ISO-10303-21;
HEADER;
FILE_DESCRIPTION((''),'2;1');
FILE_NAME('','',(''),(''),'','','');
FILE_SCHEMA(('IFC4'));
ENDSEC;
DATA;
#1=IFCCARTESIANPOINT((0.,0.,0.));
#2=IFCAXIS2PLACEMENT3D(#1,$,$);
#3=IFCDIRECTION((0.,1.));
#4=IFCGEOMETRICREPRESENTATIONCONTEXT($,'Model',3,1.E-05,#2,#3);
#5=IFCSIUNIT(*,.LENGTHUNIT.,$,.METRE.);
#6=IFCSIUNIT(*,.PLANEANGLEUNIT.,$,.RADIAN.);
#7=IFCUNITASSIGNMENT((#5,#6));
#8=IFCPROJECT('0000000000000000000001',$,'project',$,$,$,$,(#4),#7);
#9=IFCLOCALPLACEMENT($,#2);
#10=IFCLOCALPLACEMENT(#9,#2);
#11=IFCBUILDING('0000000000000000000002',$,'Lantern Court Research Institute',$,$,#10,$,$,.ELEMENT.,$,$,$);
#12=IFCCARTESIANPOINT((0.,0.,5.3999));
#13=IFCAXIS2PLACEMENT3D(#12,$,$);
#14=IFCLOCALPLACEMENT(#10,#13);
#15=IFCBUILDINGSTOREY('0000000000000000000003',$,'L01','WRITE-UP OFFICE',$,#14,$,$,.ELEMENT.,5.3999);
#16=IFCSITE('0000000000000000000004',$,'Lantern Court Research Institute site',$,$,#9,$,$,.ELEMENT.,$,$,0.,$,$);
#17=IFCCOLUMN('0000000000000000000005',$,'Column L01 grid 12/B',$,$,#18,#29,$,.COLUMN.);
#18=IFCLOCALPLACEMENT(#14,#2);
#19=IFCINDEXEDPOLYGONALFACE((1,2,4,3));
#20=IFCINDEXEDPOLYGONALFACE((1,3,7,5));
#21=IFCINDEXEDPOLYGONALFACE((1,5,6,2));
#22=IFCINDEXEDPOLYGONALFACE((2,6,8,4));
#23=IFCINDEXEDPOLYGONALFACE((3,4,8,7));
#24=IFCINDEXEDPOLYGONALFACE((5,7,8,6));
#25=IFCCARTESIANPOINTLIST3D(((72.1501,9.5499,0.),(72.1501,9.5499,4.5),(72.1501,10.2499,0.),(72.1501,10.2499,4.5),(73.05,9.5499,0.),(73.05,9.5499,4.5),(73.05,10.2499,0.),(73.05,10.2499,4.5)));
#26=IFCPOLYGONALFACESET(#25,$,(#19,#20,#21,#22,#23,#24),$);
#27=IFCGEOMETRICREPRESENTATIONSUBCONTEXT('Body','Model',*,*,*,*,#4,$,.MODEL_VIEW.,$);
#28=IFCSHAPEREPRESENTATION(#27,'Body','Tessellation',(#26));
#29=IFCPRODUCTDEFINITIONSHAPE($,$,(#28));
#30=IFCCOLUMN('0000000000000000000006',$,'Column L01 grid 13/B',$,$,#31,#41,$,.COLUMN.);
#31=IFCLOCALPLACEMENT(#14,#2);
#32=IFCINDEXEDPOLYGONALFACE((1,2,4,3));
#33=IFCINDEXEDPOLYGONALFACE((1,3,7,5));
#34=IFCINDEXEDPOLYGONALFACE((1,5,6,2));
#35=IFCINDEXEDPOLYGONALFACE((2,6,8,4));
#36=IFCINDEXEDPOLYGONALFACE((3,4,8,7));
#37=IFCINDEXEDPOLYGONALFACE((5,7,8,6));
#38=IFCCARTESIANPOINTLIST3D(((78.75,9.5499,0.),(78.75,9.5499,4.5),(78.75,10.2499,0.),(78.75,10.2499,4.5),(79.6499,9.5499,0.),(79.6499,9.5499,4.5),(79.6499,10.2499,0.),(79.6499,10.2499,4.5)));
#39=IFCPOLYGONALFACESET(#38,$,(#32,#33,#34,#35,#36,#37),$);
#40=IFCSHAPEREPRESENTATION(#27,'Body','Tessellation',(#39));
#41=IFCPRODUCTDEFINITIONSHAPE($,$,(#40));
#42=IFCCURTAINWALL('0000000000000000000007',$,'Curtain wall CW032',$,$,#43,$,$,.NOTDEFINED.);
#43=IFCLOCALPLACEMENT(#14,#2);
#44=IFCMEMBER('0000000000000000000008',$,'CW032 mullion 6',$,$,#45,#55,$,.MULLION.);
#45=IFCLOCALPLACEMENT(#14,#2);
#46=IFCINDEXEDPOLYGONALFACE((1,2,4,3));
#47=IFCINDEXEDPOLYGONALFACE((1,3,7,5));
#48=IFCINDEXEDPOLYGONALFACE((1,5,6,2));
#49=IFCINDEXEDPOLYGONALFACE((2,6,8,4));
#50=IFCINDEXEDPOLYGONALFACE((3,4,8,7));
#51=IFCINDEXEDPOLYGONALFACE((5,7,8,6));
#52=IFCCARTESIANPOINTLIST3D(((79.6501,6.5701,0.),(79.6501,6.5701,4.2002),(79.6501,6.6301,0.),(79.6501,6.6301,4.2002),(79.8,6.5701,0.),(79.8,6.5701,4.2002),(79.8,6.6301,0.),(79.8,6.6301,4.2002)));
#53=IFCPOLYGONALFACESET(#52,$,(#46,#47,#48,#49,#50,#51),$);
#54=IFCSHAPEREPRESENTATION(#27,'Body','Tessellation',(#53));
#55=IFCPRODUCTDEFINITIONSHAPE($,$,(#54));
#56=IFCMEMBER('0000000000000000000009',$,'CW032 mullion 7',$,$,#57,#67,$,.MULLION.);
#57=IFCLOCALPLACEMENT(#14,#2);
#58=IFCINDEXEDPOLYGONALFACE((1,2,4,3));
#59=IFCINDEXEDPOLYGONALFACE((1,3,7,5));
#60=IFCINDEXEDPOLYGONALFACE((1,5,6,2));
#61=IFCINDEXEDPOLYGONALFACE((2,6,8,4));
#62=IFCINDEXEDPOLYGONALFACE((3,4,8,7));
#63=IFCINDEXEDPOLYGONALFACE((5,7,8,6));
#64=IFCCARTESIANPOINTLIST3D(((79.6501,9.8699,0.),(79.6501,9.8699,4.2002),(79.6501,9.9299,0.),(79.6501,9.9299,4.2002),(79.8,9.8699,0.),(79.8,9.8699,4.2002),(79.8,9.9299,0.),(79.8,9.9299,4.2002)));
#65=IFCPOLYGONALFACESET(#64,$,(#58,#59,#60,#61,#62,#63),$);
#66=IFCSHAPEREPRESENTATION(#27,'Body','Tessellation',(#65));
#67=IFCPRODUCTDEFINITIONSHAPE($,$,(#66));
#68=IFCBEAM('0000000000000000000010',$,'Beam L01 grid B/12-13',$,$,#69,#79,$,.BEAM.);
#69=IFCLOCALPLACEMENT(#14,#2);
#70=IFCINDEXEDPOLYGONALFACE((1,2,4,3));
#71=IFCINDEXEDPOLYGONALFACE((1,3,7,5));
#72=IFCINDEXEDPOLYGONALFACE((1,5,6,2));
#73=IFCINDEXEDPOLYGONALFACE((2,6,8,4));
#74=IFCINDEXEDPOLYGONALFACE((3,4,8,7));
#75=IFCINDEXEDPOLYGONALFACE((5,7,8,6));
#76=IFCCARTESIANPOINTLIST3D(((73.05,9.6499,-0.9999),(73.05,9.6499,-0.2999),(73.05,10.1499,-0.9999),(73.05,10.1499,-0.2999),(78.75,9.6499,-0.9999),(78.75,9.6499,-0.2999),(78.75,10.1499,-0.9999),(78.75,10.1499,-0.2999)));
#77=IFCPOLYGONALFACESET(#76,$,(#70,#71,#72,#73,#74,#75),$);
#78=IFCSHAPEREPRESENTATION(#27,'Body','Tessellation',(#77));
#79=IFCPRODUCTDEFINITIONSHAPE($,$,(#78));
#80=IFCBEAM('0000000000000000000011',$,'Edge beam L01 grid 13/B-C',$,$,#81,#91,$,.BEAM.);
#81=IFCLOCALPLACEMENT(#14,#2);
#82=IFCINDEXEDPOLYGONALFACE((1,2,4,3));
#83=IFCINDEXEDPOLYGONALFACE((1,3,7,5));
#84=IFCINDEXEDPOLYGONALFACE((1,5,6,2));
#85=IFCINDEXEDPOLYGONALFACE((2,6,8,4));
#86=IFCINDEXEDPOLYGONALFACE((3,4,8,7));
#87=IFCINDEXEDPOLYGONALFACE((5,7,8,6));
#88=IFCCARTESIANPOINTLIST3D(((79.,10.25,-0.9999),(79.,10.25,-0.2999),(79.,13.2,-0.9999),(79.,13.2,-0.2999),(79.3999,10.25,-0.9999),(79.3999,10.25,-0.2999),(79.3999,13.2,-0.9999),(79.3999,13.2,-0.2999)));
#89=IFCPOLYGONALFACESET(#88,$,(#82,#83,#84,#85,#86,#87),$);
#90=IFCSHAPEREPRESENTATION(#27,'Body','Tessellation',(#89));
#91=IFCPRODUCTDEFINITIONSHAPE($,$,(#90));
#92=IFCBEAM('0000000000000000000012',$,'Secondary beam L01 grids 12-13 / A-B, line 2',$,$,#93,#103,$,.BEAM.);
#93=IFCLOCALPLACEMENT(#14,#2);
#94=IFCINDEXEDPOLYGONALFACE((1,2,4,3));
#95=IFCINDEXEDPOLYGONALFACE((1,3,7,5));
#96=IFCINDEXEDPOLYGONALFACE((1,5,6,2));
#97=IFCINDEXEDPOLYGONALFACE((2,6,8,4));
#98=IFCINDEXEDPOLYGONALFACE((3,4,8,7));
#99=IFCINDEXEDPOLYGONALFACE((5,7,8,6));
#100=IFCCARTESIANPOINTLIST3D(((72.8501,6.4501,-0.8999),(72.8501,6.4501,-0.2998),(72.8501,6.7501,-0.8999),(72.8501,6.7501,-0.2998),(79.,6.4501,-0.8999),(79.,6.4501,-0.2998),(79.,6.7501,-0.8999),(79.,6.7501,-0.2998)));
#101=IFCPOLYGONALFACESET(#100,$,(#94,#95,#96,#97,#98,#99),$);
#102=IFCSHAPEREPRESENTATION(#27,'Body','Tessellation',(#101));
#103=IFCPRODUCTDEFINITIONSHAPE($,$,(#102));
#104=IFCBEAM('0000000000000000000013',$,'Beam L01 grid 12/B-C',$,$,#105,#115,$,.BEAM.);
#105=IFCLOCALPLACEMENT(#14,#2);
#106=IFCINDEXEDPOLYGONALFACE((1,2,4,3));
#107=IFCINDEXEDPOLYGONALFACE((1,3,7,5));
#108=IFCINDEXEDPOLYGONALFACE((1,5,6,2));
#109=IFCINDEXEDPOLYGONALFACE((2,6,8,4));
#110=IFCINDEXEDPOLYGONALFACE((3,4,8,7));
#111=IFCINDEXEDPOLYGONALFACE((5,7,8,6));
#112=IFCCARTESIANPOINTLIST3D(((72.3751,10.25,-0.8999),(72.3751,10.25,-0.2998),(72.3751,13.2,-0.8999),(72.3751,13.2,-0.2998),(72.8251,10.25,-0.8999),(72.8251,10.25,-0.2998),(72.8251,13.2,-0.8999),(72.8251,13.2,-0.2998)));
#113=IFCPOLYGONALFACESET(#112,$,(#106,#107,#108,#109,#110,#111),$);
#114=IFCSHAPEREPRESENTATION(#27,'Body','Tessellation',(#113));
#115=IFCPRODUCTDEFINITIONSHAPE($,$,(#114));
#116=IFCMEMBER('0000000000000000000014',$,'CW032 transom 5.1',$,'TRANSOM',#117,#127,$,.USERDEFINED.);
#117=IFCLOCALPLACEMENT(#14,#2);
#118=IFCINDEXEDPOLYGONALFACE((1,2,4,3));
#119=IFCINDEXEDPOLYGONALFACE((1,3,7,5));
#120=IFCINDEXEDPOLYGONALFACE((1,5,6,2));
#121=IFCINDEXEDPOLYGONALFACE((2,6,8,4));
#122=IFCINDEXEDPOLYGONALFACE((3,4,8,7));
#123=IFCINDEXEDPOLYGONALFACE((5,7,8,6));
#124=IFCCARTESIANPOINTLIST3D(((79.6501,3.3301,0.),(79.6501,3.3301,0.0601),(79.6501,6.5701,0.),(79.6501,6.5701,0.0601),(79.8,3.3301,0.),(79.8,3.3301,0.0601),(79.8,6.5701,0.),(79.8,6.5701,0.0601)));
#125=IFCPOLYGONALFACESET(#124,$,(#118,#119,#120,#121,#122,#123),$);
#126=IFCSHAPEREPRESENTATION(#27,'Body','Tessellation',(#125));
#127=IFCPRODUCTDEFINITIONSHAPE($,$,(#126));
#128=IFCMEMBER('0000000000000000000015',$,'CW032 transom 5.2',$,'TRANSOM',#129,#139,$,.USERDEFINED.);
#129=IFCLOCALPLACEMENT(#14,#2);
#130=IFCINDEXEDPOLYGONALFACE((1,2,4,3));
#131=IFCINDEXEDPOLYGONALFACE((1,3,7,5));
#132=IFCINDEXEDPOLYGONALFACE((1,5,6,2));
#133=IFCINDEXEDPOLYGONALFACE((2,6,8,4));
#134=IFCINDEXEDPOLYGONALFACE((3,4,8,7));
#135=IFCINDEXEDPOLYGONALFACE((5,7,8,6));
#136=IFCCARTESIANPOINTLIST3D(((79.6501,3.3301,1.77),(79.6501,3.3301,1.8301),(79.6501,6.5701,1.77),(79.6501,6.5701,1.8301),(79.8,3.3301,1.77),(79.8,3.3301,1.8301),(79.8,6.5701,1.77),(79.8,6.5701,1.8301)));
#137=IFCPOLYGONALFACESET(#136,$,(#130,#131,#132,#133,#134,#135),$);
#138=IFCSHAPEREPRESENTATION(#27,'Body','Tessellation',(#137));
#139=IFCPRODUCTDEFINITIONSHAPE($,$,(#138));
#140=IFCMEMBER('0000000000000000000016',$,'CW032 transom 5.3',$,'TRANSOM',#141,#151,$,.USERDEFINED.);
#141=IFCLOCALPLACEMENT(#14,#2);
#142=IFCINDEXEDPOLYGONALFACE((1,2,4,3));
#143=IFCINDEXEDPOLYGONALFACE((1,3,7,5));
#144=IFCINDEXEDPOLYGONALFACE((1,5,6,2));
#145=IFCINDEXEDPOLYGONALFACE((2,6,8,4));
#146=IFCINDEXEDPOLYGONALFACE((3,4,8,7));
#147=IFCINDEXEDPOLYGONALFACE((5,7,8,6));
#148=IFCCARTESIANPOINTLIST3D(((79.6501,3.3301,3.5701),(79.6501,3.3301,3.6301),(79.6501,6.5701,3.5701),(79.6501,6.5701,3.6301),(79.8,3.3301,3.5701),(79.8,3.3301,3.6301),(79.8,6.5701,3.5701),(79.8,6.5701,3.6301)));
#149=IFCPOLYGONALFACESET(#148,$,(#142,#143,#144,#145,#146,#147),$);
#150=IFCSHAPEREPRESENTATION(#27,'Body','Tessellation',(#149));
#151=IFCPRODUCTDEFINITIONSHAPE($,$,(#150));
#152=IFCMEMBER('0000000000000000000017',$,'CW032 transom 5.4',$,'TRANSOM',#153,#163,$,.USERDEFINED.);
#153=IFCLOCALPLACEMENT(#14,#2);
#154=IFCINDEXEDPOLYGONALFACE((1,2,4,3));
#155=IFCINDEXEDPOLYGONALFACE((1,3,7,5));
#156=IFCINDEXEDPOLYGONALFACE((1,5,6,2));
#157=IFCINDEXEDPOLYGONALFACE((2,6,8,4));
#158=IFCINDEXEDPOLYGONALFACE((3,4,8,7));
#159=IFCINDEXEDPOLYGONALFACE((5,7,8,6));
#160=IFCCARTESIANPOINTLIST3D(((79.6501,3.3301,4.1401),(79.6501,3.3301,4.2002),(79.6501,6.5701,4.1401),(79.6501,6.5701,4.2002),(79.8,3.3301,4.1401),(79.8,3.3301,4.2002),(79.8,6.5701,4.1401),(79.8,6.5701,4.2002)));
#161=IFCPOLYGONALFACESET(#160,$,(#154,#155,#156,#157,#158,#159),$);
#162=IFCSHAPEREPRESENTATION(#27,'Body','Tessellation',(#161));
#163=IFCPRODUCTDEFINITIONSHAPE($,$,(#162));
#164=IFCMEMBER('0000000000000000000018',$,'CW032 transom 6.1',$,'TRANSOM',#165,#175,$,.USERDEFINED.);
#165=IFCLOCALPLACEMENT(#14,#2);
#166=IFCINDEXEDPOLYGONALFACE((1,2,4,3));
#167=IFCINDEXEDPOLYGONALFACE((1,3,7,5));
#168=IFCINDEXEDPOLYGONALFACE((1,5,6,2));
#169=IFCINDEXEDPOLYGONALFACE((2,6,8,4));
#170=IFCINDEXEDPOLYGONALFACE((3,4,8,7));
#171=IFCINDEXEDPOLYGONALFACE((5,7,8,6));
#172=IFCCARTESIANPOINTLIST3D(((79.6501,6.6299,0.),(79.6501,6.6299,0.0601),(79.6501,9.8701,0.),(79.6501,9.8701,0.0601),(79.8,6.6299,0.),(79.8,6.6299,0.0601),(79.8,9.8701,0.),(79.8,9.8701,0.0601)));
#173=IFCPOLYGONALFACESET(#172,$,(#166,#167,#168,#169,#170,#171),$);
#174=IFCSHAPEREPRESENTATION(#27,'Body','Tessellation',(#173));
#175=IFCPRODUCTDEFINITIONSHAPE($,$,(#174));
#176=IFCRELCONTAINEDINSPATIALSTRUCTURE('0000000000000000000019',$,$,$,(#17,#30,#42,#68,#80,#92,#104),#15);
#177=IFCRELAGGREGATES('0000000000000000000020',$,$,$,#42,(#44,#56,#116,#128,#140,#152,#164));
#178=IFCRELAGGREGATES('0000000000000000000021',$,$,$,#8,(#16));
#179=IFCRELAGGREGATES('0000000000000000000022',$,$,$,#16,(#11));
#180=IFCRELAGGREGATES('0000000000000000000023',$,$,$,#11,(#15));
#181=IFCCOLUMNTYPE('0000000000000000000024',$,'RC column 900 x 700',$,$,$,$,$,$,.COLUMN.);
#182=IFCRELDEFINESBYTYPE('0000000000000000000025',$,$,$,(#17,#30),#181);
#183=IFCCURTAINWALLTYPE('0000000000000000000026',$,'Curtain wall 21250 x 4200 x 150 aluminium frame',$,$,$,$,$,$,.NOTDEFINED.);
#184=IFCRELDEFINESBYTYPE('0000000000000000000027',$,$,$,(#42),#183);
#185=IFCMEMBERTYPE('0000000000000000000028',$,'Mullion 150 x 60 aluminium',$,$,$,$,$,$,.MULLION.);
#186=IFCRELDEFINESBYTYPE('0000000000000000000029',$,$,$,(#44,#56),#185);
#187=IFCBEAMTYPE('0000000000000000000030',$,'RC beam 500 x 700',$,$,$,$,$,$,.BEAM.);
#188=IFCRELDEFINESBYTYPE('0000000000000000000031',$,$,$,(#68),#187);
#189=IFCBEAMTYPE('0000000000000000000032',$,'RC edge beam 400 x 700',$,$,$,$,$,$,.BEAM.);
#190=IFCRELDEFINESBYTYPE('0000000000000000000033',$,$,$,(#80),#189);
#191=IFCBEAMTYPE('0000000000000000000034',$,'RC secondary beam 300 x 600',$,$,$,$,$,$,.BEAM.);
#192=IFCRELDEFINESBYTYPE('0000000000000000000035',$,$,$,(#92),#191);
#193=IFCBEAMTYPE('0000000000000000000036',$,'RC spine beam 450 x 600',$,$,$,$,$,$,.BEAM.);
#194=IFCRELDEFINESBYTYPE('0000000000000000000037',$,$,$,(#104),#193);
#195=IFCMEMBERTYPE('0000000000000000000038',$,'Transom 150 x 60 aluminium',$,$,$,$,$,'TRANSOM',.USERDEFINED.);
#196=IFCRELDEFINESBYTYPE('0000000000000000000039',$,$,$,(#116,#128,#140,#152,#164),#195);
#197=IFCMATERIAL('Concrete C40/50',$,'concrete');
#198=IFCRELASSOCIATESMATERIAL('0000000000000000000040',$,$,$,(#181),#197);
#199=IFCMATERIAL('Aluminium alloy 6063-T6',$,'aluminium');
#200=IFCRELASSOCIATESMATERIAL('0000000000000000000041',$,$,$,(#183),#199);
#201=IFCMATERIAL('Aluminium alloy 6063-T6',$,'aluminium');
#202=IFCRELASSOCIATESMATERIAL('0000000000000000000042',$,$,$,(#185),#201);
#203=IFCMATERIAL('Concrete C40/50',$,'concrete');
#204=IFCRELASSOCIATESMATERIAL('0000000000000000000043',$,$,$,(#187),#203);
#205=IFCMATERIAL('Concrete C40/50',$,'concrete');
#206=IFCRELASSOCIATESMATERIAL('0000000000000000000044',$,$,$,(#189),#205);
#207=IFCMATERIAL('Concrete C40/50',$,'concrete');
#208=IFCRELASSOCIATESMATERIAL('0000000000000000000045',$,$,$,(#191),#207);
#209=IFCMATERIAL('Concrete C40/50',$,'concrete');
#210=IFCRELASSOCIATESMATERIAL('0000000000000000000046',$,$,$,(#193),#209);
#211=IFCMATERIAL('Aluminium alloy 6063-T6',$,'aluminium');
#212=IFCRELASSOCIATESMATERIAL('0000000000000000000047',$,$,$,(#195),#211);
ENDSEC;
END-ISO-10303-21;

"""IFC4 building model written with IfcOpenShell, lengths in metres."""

from ifc_helpers import new_model, si_unit, direction, frame, origin, origin_2d, place, context, subcontext, project, spatial, rectangle, extrude, material, material_profile, profile_set, type_object, element, aggregate, save


model = new_model("IFC4")

# Units and contexts
model_context = context("Model", 3, precision=1e-05, world=origin(), true_north=direction((0.0, 1.0)))
body_context = subcontext(model_context, "Body", "Model", "MODEL_VIEW")
ifc_project = project(units=[si_unit("LENGTHUNIT", "METRE"), si_unit("PLANEANGLEUNIT", "RADIAN")], contexts=[model_context])

# Site, building, storey
site_placement = place(None, origin())
site = spatial("IfcSite", under=ifc_project, at=site_placement, Name="Lantern Court Research Institute site", CompositionType="ELEMENT", RefElevation=0.0)
building_placement = place(site_placement, origin())
building = spatial("IfcBuilding", under=site, at=building_placement, Name="Lantern Court Research Institute", CompositionType="ELEMENT")
storey_placement = place(building_placement, frame((0.0, 0.0, 5.3999)))
storey = spatial("IfcBuildingStorey", under=building, at=storey_placement, Name="L01", Description="WRITE-UP OFFICE", CompositionType="ELEMENT", Elevation=5.3999)

# Columns
ifc_material_1 = material(Name="Concrete C40/50", Category="concrete")
ifc_material_profile_1 = material_profile(ifc_material_1, rectangle(XDim=0.8999, YDim=0.7, at=origin_2d()), Name="RC column 900 x 700")
ifc_profile_set_1 = profile_set([ifc_material_profile_1], Name="Concrete C40/50")
column_type = type_object("IfcColumnType", Name="RC column 900 x 700", PredefinedType="COLUMN", material=ifc_profile_set_1)
for number, where, z_axis, x_axis, name in (
    (1, (72.6001, 9.8999, 0.0), (0.0, 0.0, 1.0), (1.0, 0.0, 0.0), "Column L01 grid 12/B"),
    (2, (79.2, 9.8999, 0.0), (0.0, 0.0, 1.0), (1.0, 0.0, 0.0), "Column L01 grid 13/B"),
):
    element("IfcColumn", number, at=place(storey_placement, frame(where, z_axis=z_axis, x_axis=x_axis)), inside=storey, type_object=column_type, Name=name, PredefinedType="COLUMN", context=body_context, shape_type="SweptSolid", body=[
        extrude(rectangle(XDim=0.8999, YDim=0.7, at=origin_2d()), origin(), (0.0, 0.0, 1.0), 4.5),
    ])

# Curtain wall, members
ifc_material_2 = material(Name="Aluminium alloy 6063-T6", Category="aluminium")
curtain_wall_type = type_object("IfcCurtainWallType", Name="Curtain wall 21250 x 4200 x 150 aluminium frame", PredefinedType="NOTDEFINED", material=ifc_material_2)
curtain_wall_placement = place(storey_placement, origin())
curtain_wall = element("IfcCurtainWall", 3, at=curtain_wall_placement, inside=storey, type_object=curtain_wall_type, Name="Curtain wall CW032", PredefinedType="NOTDEFINED")
ifc_material_3 = material(Name="Aluminium alloy 6063-T6", Category="aluminium")
ifc_material_profile_2 = material_profile(ifc_material_3, rectangle(XDim=0.1499, YDim=0.0601, at=origin_2d()), Name="Mullion 150 x 60")
ifc_profile_set_2 = profile_set([ifc_material_profile_2], Name="Aluminium alloy 6063-T6")
member_type_1 = type_object("IfcMemberType", Name="Mullion 150 x 60 aluminium", PredefinedType="MULLION", material=ifc_profile_set_2)
member_1_placement = place(storey_placement, frame((79.7251, 6.6001, 0.0), z_axis=(0.0, 0.0, 1.0), x_axis=(1.0, 0.0, 0.0)))
member_1 = element("IfcMember", 4, at=member_1_placement, type_object=member_type_1, Name="CW032 mullion 6", PredefinedType="MULLION", context=body_context, shape_type="SweptSolid", body=[
    extrude(rectangle(XDim=0.1499, YDim=0.0601, at=origin_2d()), origin(), (0.0, 0.0, 1.0), 4.2002),
])
member_2_placement = place(storey_placement, frame((79.7251, 9.8999, 0.0), z_axis=(0.0, 0.0, 1.0), x_axis=(1.0, 0.0, 0.0)))
member_2 = element("IfcMember", 5, at=member_2_placement, type_object=member_type_1, Name="CW032 mullion 7", PredefinedType="MULLION", context=body_context, shape_type="SweptSolid", body=[
    extrude(rectangle(XDim=0.1499, YDim=0.0601, at=origin_2d()), origin(), (0.0, 0.0, 1.0), 4.2002),
])

# Beams
ifc_material_4 = material(Name="Concrete C40/50", Category="concrete")
ifc_material_profile_3 = material_profile(ifc_material_4, rectangle(XDim=0.5, YDim=0.7, at=origin_2d()), Name="RC beam 500 x 700")
ifc_profile_set_3 = profile_set([ifc_material_profile_3], Name="Concrete C40/50")
beam_type_1 = type_object("IfcBeamType", Name="RC beam 500 x 700", PredefinedType="BEAM", material=ifc_profile_set_3)
beam_1_placement = place(storey_placement, frame((73.05, 9.8999, -0.6499), z_axis=(1.0, 0.0, 0.0), x_axis=(0.0, 1.0, 0.0)))
element("IfcBeam", 6, at=beam_1_placement, inside=storey, type_object=beam_type_1, Name="Beam L01 grid B/12-13", PredefinedType="BEAM", context=body_context, shape_type="SweptSolid", body=[
    extrude(rectangle(XDim=0.5, YDim=0.7, at=origin_2d()), origin(), (0.0, 0.0, 1.0), 5.7),
])
ifc_material_5 = material(Name="Concrete C40/50", Category="concrete")
ifc_material_profile_4 = material_profile(ifc_material_5, rectangle(XDim=0.3999, YDim=0.7, at=origin_2d()), Name="RC beam 400 x 700")
ifc_profile_set_4 = profile_set([ifc_material_profile_4], Name="Concrete C40/50")
beam_type_2 = type_object("IfcBeamType", Name="RC edge beam 400 x 700", PredefinedType="BEAM", material=ifc_profile_set_4)
beam_2_placement = place(storey_placement, frame((79.2, 10.25, -0.6499), z_axis=(0.0, 1.0, 0.0), x_axis=(-1.0, 0.0, 0.0)))
element("IfcBeam", 7, at=beam_2_placement, inside=storey, type_object=beam_type_2, Name="Edge beam L01 grid 13/B-C", PredefinedType="BEAM", context=body_context, shape_type="SweptSolid", body=[
    extrude(rectangle(XDim=0.3999, YDim=0.7, at=origin_2d()), origin(), (0.0, 0.0, 1.0), 2.95),
])
ifc_material_6 = material(Name="Concrete C40/50", Category="concrete")
ifc_material_profile_5 = material_profile(ifc_material_6, rectangle(XDim=0.3, YDim=0.6001, at=origin_2d()), Name="RC beam 300 x 600")
ifc_profile_set_5 = profile_set([ifc_material_profile_5], Name="Concrete C40/50")
beam_type_3 = type_object("IfcBeamType", Name="RC secondary beam 300 x 600", PredefinedType="BEAM", material=ifc_profile_set_5)
beam_3_placement = place(storey_placement, frame((72.8501, 6.6001, -0.5999), z_axis=(1.0, 0.0, 0.0), x_axis=(0.0, 1.0, 0.0)))
element("IfcBeam", 8, at=beam_3_placement, inside=storey, type_object=beam_type_3, Name="Secondary beam L01 grids 12-13 / A-B, line 2", PredefinedType="BEAM", context=body_context, shape_type="SweptSolid", body=[
    extrude(rectangle(XDim=0.3, YDim=0.6001, at=origin_2d()), origin(), (0.0, 0.0, 1.0), 6.1499),
])
ifc_material_7 = material(Name="Concrete C40/50", Category="concrete")
ifc_material_profile_6 = material_profile(ifc_material_7, rectangle(XDim=0.45, YDim=0.6001, at=origin_2d()), Name="RC beam 450 x 600")
ifc_profile_set_6 = profile_set([ifc_material_profile_6], Name="Concrete C40/50")
beam_type_4 = type_object("IfcBeamType", Name="RC spine beam 450 x 600", PredefinedType="BEAM", material=ifc_profile_set_6)
beam_4_placement = place(storey_placement, frame((72.6001, 10.25, -0.5999), z_axis=(0.0, 1.0, 0.0), x_axis=(-1.0, 0.0, 0.0)))
element("IfcBeam", 9, at=beam_4_placement, inside=storey, type_object=beam_type_4, Name="Beam L01 grid 12/B-C", PredefinedType="BEAM", context=body_context, shape_type="SweptSolid", body=[
    extrude(rectangle(XDim=0.45, YDim=0.6001, at=origin_2d()), origin(), (0.0, 0.0, 1.0), 2.95),
])

# Members
ifc_material_8 = material(Name="Aluminium alloy 6063-T6", Category="aluminium")
ifc_material_profile_7 = material_profile(ifc_material_8, rectangle(XDim=0.1499, YDim=0.0601, at=origin_2d()), Name="Transom 150 x 60")
ifc_profile_set_7 = profile_set([ifc_material_profile_7], Name="Aluminium alloy 6063-T6")
member_type_2 = type_object("IfcMemberType", Name="Transom 150 x 60 aluminium", ElementType="TRANSOM", PredefinedType="USERDEFINED", material=ifc_profile_set_7)
member_3_placement = place(storey_placement, frame((79.7251, 6.5701, 0.03), z_axis=(0.0, -1.0, 0.0), x_axis=(1.0, 0.0, 0.0)))
member_3 = element("IfcMember", 10, at=member_3_placement, type_object=member_type_2, Name="CW032 transom 5.1", ObjectType="TRANSOM", PredefinedType="USERDEFINED", context=body_context, shape_type="SweptSolid", body=[
    extrude(rectangle(XDim=0.1499, YDim=0.0601, at=origin_2d()), origin(), (0.0, 0.0, 1.0), 3.24),
])
member_4_placement = place(storey_placement, frame((79.7251, 6.5701, 1.8), z_axis=(0.0, -1.0, 0.0), x_axis=(1.0, 0.0, 0.0)))
member_4 = element("IfcMember", 11, at=member_4_placement, type_object=member_type_2, Name="CW032 transom 5.2", ObjectType="TRANSOM", PredefinedType="USERDEFINED", context=body_context, shape_type="SweptSolid", body=[
    extrude(rectangle(XDim=0.1499, YDim=0.0601, at=origin_2d()), origin(), (0.0, 0.0, 1.0), 3.24),
])
member_5_placement = place(storey_placement, frame((79.7251, 6.5701, 3.6001), z_axis=(0.0, -1.0, 0.0), x_axis=(1.0, 0.0, 0.0)))
member_5 = element("IfcMember", 12, at=member_5_placement, type_object=member_type_2, Name="CW032 transom 5.3", ObjectType="TRANSOM", PredefinedType="USERDEFINED", context=body_context, shape_type="SweptSolid", body=[
    extrude(rectangle(XDim=0.1499, YDim=0.0601, at=origin_2d()), origin(), (0.0, 0.0, 1.0), 3.24),
])
member_6_placement = place(storey_placement, frame((79.7251, 6.5701, 4.1702), z_axis=(0.0, -1.0, 0.0), x_axis=(1.0, 0.0, 0.0)))
member_6 = element("IfcMember", 13, at=member_6_placement, type_object=member_type_2, Name="CW032 transom 5.4", ObjectType="TRANSOM", PredefinedType="USERDEFINED", context=body_context, shape_type="SweptSolid", body=[
    extrude(rectangle(XDim=0.1499, YDim=0.0601, at=origin_2d()), origin(), (0.0, 0.0, 1.0), 3.24),
])
member_7_placement = place(storey_placement, frame((79.7251, 9.8701, 0.03), z_axis=(0.0, -1.0, 0.0), x_axis=(1.0, 0.0, 0.0)))
member_7 = element("IfcMember", 14, at=member_7_placement, type_object=member_type_2, Name="CW032 transom 6.1", ObjectType="TRANSOM", PredefinedType="USERDEFINED", context=body_context, shape_type="SweptSolid", body=[
    extrude(rectangle(XDim=0.1499, YDim=0.0601, at=origin_2d()), origin(), (0.0, 0.0, 1.0), 3.2402),
])

aggregate(curtain_wall, [member_1, member_2, member_3, member_4, member_5, member_6, member_7])

save(model, "model.ifc")
